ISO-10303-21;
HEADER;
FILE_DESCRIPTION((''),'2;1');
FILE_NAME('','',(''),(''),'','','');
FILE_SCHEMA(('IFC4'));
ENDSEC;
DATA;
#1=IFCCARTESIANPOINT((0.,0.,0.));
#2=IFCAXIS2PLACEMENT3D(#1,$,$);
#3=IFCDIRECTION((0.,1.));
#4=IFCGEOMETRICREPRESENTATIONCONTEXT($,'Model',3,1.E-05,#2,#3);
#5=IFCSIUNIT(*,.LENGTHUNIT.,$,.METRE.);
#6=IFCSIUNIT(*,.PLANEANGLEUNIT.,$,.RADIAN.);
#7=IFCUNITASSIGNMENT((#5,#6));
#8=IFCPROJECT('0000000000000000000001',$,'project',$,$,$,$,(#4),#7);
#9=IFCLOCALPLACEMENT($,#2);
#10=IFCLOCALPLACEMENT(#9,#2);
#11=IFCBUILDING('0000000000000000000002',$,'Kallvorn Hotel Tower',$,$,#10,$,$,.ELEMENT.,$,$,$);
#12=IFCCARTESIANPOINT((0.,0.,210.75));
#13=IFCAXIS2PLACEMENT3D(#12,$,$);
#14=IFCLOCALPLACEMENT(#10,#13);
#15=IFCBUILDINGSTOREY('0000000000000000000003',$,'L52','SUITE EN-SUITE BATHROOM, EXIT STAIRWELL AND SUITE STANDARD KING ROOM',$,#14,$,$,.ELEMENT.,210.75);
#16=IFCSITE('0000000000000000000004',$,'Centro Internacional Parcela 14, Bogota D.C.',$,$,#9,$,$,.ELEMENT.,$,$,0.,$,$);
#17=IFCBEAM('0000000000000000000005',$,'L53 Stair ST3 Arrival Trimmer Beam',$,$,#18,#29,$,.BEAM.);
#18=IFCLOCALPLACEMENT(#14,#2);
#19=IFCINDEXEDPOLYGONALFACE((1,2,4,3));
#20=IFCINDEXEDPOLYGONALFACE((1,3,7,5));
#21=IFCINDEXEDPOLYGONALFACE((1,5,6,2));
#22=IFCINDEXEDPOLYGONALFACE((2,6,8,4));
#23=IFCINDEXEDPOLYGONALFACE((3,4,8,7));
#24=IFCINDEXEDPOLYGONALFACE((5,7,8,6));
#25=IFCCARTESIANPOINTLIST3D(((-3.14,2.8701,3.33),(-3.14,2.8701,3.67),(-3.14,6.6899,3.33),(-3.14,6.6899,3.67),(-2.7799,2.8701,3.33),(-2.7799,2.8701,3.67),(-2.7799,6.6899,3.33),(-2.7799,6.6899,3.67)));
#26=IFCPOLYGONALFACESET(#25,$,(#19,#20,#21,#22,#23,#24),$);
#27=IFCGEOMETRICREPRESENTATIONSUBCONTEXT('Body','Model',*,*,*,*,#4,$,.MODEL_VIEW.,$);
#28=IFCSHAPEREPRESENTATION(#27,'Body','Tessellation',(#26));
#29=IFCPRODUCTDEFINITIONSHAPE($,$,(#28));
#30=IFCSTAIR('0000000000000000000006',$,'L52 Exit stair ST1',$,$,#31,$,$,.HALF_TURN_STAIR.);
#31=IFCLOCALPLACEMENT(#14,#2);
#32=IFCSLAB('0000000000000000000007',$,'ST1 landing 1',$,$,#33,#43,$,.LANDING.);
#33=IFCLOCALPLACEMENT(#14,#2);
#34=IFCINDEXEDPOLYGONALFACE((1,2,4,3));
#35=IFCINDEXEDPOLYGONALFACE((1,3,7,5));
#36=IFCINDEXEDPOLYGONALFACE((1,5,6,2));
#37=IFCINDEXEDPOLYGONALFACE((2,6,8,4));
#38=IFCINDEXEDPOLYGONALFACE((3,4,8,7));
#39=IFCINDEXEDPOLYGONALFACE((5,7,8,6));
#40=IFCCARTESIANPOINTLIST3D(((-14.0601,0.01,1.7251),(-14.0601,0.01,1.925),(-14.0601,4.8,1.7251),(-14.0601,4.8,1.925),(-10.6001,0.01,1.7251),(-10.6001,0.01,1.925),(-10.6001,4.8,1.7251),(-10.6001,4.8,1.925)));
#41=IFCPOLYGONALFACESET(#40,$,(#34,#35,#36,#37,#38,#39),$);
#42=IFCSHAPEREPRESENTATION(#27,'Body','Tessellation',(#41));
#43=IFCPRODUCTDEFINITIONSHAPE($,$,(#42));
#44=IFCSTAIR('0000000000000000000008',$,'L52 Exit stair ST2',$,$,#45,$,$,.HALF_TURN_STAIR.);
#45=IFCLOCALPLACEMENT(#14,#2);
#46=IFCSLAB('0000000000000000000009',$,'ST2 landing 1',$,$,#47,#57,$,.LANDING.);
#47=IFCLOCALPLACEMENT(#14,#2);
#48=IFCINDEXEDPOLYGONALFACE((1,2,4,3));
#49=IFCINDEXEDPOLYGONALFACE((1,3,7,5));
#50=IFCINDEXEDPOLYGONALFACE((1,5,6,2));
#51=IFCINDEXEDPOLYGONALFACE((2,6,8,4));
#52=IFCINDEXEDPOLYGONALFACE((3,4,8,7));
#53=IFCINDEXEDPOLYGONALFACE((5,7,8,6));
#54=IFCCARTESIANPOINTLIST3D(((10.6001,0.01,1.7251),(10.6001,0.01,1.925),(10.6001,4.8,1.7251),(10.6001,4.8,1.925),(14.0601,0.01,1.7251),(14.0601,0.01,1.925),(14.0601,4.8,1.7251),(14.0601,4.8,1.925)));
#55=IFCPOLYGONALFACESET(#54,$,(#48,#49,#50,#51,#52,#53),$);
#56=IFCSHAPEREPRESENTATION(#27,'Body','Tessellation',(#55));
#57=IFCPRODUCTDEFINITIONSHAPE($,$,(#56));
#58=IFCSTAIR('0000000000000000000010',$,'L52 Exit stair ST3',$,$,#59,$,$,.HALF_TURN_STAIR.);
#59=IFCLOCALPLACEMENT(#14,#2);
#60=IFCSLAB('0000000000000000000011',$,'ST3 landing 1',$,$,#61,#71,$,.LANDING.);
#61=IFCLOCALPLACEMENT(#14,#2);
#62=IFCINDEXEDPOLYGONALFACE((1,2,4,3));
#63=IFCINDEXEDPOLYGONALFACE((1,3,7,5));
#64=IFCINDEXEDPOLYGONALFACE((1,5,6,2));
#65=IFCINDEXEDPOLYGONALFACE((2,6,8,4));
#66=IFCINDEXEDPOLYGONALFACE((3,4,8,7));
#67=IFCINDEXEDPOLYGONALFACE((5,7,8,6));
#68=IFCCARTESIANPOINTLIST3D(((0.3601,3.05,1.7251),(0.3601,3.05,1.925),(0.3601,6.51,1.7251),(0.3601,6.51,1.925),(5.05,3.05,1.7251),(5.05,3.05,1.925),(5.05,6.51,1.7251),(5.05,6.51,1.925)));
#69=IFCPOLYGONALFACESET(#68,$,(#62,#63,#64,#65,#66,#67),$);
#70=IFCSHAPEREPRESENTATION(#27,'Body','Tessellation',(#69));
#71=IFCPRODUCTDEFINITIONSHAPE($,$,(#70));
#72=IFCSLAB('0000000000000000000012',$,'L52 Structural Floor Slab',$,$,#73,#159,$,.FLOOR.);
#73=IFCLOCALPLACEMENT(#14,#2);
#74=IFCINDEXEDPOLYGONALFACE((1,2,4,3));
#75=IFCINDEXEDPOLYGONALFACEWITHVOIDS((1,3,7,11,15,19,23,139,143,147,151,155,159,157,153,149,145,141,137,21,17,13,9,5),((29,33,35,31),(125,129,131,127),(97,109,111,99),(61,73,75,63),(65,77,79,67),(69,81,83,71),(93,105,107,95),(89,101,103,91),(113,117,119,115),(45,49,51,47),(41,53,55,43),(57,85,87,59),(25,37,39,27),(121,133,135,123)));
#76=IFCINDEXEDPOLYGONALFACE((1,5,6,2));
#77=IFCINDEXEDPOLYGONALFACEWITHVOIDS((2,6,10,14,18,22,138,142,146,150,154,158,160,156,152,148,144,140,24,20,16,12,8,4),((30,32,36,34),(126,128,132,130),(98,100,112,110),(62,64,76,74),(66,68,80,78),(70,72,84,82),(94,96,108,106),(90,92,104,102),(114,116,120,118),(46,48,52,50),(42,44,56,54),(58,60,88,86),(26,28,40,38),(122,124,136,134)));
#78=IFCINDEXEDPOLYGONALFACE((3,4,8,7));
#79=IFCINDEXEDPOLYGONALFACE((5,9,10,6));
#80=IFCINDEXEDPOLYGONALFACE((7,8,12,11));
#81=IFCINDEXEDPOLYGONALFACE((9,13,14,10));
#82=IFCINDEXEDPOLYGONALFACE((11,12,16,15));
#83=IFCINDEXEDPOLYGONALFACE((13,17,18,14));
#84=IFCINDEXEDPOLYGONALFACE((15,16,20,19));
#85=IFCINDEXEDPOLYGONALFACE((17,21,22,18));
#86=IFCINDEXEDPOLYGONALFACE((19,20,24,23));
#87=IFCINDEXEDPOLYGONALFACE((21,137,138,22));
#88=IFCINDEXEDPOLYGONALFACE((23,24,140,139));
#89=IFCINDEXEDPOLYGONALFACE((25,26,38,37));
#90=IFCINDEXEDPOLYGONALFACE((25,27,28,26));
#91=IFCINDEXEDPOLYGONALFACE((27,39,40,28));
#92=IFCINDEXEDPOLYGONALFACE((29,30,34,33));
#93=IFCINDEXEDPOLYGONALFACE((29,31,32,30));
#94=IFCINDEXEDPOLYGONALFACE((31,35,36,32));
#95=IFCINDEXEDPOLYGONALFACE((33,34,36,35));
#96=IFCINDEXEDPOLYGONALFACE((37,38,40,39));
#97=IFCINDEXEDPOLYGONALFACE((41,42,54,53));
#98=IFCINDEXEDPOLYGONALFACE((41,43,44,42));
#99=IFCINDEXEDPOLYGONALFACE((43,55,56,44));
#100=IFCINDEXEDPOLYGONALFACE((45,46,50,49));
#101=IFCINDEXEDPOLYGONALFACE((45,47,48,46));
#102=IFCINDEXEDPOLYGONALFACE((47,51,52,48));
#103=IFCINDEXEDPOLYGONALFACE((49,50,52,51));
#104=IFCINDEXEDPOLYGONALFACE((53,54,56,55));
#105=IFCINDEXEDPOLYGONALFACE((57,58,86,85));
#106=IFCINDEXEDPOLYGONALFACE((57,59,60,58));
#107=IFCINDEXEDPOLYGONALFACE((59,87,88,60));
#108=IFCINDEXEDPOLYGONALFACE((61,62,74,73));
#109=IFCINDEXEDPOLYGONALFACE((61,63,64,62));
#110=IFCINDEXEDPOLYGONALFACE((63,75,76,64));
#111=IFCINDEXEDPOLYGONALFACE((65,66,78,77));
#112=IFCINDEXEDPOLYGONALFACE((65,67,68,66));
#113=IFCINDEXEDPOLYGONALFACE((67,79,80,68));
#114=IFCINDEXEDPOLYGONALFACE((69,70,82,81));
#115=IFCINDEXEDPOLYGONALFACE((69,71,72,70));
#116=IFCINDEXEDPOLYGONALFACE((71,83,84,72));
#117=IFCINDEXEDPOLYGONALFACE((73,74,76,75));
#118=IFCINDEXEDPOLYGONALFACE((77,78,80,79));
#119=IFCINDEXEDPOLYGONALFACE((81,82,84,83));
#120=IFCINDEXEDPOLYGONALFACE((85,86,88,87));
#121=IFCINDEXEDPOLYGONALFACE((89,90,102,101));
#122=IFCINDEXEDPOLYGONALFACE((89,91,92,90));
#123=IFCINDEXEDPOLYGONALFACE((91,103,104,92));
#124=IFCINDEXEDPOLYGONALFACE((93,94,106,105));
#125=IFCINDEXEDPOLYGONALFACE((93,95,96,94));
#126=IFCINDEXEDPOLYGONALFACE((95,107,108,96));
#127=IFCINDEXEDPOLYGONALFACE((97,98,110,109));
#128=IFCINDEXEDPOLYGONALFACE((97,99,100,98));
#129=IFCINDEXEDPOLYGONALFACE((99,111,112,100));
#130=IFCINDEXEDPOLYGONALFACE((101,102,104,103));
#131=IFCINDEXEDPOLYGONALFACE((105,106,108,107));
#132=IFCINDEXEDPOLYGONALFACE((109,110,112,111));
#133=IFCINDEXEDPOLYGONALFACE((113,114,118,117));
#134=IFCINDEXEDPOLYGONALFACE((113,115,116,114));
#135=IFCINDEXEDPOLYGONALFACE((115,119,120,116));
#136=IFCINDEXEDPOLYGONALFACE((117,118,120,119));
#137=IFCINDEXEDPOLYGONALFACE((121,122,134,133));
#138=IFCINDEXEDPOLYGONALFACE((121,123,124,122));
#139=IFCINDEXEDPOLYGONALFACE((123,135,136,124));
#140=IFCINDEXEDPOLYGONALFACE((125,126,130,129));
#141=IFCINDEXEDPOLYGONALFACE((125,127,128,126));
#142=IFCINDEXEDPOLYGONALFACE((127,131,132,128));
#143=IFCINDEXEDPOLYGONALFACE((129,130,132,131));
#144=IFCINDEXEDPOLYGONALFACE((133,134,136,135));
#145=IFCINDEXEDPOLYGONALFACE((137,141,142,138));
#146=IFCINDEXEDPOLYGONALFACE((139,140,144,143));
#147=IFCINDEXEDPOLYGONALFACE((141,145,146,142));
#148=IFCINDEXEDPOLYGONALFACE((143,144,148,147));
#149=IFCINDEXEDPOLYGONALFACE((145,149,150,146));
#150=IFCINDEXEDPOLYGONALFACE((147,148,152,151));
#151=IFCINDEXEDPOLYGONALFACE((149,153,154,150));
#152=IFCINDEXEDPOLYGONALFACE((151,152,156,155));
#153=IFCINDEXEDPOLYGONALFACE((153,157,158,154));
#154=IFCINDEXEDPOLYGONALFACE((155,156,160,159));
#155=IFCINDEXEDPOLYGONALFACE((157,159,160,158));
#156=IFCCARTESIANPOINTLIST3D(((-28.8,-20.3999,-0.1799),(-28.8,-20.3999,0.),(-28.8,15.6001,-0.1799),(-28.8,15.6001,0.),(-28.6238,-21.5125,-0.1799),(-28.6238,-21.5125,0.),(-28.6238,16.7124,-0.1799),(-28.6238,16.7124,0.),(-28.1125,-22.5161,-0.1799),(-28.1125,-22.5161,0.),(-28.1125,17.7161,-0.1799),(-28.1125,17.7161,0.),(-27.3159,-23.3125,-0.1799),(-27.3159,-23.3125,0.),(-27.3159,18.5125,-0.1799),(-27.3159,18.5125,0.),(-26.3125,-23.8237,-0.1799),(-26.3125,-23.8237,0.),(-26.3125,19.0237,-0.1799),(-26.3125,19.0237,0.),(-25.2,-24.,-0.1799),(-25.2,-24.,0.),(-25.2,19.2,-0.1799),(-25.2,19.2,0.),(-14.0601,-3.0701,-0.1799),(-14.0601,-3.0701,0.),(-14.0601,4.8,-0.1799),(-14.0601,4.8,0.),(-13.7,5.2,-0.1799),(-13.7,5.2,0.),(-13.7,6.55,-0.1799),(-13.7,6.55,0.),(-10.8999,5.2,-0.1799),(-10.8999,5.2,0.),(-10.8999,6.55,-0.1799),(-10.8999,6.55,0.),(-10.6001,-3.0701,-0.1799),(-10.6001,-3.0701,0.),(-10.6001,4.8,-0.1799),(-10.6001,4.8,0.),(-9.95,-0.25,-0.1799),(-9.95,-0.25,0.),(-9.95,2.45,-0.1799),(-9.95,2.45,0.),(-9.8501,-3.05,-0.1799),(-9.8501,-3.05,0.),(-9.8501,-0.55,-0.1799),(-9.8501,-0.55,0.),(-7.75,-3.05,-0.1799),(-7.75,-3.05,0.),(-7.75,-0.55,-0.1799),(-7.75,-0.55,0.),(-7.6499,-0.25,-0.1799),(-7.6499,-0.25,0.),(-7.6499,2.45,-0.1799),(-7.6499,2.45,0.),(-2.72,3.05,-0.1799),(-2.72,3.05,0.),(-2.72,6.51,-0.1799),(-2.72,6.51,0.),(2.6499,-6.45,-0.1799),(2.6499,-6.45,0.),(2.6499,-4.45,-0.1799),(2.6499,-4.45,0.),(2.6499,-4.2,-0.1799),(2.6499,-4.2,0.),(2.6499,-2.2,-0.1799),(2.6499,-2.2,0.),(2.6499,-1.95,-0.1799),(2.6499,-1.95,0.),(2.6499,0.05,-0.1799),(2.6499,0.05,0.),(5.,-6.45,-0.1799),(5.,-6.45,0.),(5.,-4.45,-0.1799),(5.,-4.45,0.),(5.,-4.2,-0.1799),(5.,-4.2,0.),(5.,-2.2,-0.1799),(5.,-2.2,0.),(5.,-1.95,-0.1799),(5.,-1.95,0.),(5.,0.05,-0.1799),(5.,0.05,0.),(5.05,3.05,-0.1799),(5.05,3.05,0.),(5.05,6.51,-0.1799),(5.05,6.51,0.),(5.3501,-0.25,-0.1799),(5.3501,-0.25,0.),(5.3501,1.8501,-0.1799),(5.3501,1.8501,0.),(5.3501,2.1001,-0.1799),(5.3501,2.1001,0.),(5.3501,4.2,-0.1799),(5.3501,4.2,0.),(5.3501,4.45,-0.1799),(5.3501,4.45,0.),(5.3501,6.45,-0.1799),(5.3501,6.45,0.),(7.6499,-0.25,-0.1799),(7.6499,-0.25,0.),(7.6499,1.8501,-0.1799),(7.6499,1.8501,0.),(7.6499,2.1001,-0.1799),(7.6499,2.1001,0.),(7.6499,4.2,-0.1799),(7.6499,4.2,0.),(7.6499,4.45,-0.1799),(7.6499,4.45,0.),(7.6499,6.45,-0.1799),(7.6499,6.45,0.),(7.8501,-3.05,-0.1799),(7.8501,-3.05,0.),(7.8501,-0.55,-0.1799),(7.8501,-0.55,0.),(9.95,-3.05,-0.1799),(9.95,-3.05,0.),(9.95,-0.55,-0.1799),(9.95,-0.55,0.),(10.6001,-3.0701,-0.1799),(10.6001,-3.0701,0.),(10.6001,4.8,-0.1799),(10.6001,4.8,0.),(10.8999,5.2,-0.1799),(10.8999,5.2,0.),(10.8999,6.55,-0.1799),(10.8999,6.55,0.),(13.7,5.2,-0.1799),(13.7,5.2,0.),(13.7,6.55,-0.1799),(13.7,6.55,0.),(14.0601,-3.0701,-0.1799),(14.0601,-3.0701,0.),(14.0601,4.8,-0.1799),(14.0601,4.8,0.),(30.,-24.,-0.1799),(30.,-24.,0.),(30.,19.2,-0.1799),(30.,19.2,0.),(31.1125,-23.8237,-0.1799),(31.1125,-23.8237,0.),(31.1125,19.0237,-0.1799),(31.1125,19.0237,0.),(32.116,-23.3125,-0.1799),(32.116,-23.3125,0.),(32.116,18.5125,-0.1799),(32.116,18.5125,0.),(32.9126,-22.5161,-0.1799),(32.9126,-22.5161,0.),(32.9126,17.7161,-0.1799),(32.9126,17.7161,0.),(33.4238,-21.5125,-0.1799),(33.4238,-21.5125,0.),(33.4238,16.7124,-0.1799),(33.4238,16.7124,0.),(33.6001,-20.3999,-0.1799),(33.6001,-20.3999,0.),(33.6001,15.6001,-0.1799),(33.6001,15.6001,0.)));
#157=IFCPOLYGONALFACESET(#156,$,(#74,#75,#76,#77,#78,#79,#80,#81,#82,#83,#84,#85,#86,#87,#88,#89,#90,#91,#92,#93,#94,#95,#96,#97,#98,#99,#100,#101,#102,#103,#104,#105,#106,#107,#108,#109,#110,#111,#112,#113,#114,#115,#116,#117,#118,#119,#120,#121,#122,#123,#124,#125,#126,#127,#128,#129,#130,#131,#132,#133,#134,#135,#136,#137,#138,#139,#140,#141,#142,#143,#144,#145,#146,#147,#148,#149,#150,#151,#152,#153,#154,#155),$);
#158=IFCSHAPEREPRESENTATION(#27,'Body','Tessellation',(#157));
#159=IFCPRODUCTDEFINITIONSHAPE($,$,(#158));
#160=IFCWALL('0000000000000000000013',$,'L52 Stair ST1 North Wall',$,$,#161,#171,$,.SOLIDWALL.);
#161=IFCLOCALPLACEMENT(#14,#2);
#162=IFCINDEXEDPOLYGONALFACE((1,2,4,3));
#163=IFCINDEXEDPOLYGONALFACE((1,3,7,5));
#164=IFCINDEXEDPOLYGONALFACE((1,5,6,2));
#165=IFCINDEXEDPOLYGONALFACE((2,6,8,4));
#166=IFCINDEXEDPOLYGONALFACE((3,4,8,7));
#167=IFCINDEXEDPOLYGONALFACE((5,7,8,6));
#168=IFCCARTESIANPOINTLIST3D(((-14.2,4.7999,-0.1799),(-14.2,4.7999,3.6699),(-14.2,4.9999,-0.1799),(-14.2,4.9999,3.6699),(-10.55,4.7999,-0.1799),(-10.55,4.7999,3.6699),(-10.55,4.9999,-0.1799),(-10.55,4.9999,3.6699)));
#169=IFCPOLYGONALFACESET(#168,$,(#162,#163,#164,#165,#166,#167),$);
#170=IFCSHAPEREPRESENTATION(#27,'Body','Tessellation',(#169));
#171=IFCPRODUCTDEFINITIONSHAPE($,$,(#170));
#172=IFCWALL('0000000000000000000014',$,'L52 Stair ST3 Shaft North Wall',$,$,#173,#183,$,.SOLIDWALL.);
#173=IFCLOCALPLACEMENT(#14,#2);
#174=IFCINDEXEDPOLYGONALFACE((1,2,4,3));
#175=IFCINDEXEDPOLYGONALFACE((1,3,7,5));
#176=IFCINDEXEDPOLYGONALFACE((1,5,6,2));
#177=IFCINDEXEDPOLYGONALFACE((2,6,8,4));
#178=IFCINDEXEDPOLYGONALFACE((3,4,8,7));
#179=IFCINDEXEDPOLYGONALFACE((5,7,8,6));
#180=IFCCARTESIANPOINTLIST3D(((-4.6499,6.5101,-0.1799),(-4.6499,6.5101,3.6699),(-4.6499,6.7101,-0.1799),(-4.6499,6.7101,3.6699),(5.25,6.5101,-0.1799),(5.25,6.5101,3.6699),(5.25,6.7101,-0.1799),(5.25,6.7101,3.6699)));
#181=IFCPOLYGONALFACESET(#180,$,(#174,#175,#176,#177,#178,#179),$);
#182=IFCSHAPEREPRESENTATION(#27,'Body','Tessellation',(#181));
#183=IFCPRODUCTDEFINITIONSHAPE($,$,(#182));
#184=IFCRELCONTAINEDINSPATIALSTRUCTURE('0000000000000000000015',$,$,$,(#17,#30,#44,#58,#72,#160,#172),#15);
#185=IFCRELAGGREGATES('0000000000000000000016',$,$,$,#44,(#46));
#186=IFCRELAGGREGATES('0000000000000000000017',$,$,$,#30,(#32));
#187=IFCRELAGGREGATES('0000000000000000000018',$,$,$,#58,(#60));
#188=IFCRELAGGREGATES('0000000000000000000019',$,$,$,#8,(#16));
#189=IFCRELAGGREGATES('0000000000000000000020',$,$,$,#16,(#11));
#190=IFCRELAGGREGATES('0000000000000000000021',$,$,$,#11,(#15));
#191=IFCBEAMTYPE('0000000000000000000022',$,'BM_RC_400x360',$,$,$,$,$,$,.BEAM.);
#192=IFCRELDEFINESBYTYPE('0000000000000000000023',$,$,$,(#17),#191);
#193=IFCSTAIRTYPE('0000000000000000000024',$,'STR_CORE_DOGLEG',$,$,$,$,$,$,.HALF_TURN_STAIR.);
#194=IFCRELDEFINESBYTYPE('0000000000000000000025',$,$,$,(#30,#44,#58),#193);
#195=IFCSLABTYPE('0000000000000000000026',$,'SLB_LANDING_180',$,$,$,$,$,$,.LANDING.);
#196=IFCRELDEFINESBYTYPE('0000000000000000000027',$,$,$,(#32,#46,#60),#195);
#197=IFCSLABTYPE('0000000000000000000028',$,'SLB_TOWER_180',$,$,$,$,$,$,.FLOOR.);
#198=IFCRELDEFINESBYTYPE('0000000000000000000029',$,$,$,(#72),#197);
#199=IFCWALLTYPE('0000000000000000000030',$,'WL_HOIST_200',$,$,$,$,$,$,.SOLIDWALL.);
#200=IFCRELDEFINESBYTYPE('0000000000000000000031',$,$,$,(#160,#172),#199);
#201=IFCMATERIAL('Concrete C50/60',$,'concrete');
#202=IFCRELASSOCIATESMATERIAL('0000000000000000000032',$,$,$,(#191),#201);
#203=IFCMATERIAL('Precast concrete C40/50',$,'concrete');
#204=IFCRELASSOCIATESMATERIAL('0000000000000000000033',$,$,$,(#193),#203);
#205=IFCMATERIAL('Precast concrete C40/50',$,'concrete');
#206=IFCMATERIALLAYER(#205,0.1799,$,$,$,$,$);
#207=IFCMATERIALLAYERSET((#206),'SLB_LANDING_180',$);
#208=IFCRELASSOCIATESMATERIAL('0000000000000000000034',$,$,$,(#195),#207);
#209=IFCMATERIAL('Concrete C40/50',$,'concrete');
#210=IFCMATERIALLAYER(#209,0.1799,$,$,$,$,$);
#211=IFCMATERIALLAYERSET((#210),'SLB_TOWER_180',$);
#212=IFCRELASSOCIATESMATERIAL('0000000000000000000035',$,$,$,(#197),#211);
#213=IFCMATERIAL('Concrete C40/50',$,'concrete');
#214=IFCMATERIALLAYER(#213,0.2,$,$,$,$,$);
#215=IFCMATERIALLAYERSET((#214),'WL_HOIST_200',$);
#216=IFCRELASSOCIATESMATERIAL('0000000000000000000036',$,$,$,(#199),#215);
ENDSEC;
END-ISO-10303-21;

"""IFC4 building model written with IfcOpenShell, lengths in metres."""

from ifc_helpers import new_model, si_unit, direction, frame, frame_2d, origin, origin_2d, place, context, subcontext, project, spatial, polyline, rectangle, outline, extrude, material, layer, layer_set, material_profile, profile_set, type_object, element, aggregate, save


model = new_model("IFC4")

# Units and contexts
model_context = context("Model", 3, precision=1e-05, world=origin(), true_north=direction((0.0, 1.0)))
body_context = subcontext(model_context, "Body", "Model", "MODEL_VIEW")
ifc_project = project(units=[si_unit("LENGTHUNIT", "METRE"), si_unit("PLANEANGLEUNIT", "RADIAN")], contexts=[model_context])

# Site, building, storey
site_placement = place(None, origin())
site = spatial("IfcSite", under=ifc_project, at=site_placement, Name="Centro Internacional Parcela 14, Bogota D.C.", CompositionType="ELEMENT", RefElevation=0.0)
building_placement = place(site_placement, origin())
building = spatial("IfcBuilding", under=site, at=building_placement, Name="Kallvorn Hotel Tower", CompositionType="ELEMENT")
storey_placement = place(building_placement, frame((0.0, 0.0, 210.75)))
storey = spatial("IfcBuildingStorey", under=building, at=storey_placement, Name="L52", Description="SUITE EN-SUITE BATHROOM, EXIT STAIRWELL AND SUITE STANDARD KING ROOM", CompositionType="ELEMENT", Elevation=210.75)

# Beam
ifc_material_1 = material(Name="Concrete C50/60", Category="concrete")
ifc_material_profile = material_profile(ifc_material_1, rectangle(XDim=0.3601, YDim=0.3401, at=origin_2d()), Name="RC 360x340")
ifc_profile_set = profile_set([ifc_material_profile], Name="Concrete C50/60")
beam_type = type_object("IfcBeamType", Name="BM_RC_400x360", PredefinedType="BEAM", material=ifc_profile_set)
beam_placement = place(storey_placement, frame((-2.96, 2.8701, 3.5), z_axis=(0.0, 1.0, 0.0), x_axis=(-1.0, 0.0, 0.0)))
element("IfcBeam", 1, at=beam_placement, inside=storey, type_object=beam_type, Name="L53 Stair ST3 Arrival Trimmer Beam", PredefinedType="BEAM", context=body_context, shape_type="SweptSolid", body=[
    extrude(rectangle(XDim=0.3601, YDim=0.3401, at=origin_2d()), origin(), (0.0, 0.0, 1.0), 3.8198),
])

# Stairs, slabs
ifc_material_2 = material(Name="Precast concrete C40/50", Category="concrete")
stair_type = type_object("IfcStairType", Name="STR_CORE_DOGLEG", PredefinedType="HALF_TURN_STAIR", material=ifc_material_2)
stair_1_placement = place(storey_placement, origin())
stair_1 = element("IfcStair", 2, at=stair_1_placement, inside=storey, type_object=stair_type, Name="L52 Exit stair ST1", PredefinedType="HALF_TURN_STAIR")
ifc_material_3 = material(Name="Precast concrete C40/50", Category="concrete")
ifc_layer_1 = layer(ifc_material_3, 0.1799)
ifc_layer_set_1 = layer_set([ifc_layer_1], Name="SLB_LANDING_180")
slab_type_1 = type_object("IfcSlabType", Name="SLB_LANDING_180", PredefinedType="LANDING", material=ifc_layer_set_1)
slab_1_placement = place(storey_placement, frame((0.0, 0.0, 1.7251)))
slab_1 = element("IfcSlab", 3, at=slab_1_placement, type_object=slab_type_1, Name="ST1 landing 1", PredefinedType="LANDING", context=body_context, shape_type="SweptSolid", body=[
    extrude(outline(polyline([(-10.6001, 0.01), (-10.6001, 4.8), (-14.0601, 4.8), (-14.0601, 0.01), (-10.6001, 0.01)])), origin(), (0.0, 0.0, 1.0), 0.2),
])
stair_2_placement = place(storey_placement, origin())
stair_2 = element("IfcStair", 4, at=stair_2_placement, inside=storey, type_object=stair_type, Name="L52 Exit stair ST2", PredefinedType="HALF_TURN_STAIR")
slab_2_placement = place(storey_placement, frame((0.0, 0.0, 1.7251)))
slab_2 = element("IfcSlab", 5, at=slab_2_placement, type_object=slab_type_1, Name="ST2 landing 1", PredefinedType="LANDING", context=body_context, shape_type="SweptSolid", body=[
    extrude(outline(polyline([(14.0601, 0.01), (14.0601, 4.8), (10.6001, 4.8), (10.6001, 0.01), (14.0601, 0.01)])), origin(), (0.0, 0.0, 1.0), 0.2),
])
aggregate(stair_2, [slab_2])
stair_3_placement = place(storey_placement, origin())
stair_3 = element("IfcStair", 6, at=stair_3_placement, inside=storey, type_object=stair_type, Name="L52 Exit stair ST3", PredefinedType="HALF_TURN_STAIR")
slab_3_placement = place(storey_placement, frame((0.0, 0.0, 1.7251)))
slab_3 = element("IfcSlab", 7, at=slab_3_placement, type_object=slab_type_1, Name="ST3 landing 1", PredefinedType="LANDING", context=body_context, shape_type="SweptSolid", body=[
    extrude(outline(polyline([(0.3601, 3.05), (5.05, 3.05), (5.05, 6.51), (0.3601, 6.51), (0.3601, 3.05)])), origin(), (0.0, 0.0, 1.0), 0.2),
])

# Slab
ifc_material_4 = material(Name="Concrete C40/50", Category="concrete")
ifc_layer_2 = layer(ifc_material_4, 0.1799)
ifc_layer_set_2 = layer_set([ifc_layer_2], Name="SLB_TOWER_180")
slab_type_2 = type_object("IfcSlabType", Name="SLB_TOWER_180", PredefinedType="FLOOR", material=ifc_layer_set_2)
slab_4_placement = place(storey_placement, frame((0.0, 0.0, -0.1799)))
element("IfcSlab", 8, at=slab_4_placement, inside=storey, type_object=slab_type_2, Name="L52 Structural Floor Slab", PredefinedType="FLOOR", context=body_context, shape_type="SweptSolid", body=[
    extrude(outline(polyline([(30.0, -24.0), (31.1125, -23.8237), (32.116, -23.3125), (32.9126, -22.5161), (33.4238, -21.5125), (33.6001, -20.3999), (33.6001, 15.6001), (33.4238, 16.7124), (32.9126, 17.7161), (32.116, 18.5125), (31.1125, 19.0237), (30.0, 19.2), (-25.2, 19.2), (-26.3125, 19.0237), (-27.3159, 18.5125), (-28.1125, 17.7161), (-28.6238, 16.7124), (-28.8, 15.6001), (-28.8, -20.3999), (-28.6238, -21.5125), (-28.1125, -22.5161), (-27.3159, -23.3125), (-26.3125, -23.8237), (-25.2, -24.0), (30.0, -24.0)]), holes=[polyline([(-10.6001, -3.0701), (-10.6001, 4.8), (-14.0601, 4.8), (-14.0601, -3.0701), (-10.6001, -3.0701)]), polyline([(14.0601, -3.0701), (14.0601, 4.8), (10.6001, 4.8), (10.6001, -3.0701), (14.0601, -3.0701)]), polyline([(-2.72, 3.05), (5.05, 3.05), (5.05, 6.51), (-2.72, 6.51), (-2.72, 3.05)]), polyline([(2.6499, -6.45), (5.0, -6.45), (5.0, -4.45), (2.6499, -4.45), (2.6499, -6.45)]), polyline([(2.6499, -4.2), (5.0, -4.2), (5.0, -2.2), (2.6499, -2.2), (2.6499, -4.2)]), polyline([(2.6499, -1.95), (5.0, -1.95), (5.0, 0.05), (2.6499, 0.05), (2.6499, -1.95)]), polyline([(5.3501, -0.25), (7.6499, -0.25), (7.6499, 1.8501), (5.3501, 1.8501), (5.3501, -0.25)]), polyline([(5.3501, 2.1001), (7.6499, 2.1001), (7.6499, 4.2), (5.3501, 4.2), (5.3501, 2.1001)]), polyline([(5.3501, 4.45), (7.6499, 4.45), (7.6499, 6.45), (5.3501, 6.45), (5.3501, 4.45)]), polyline([(-9.8501, -3.05), (-7.75, -3.05), (-7.75, -0.55), (-9.8501, -0.55), (-9.8501, -3.05)]), polyline([(7.8501, -3.05), (9.95, -3.05), (9.95, -0.55), (7.8501, -0.55), (7.8501, -3.05)]), polyline([(-9.95, -0.25), (-7.6499, -0.25), (-7.6499, 2.45), (-9.95, 2.45), (-9.95, -0.25)]), polyline([(-13.7, 5.2), (-10.8999, 5.2), (-10.8999, 6.55), (-13.7, 6.55), (-13.7, 5.2)]), polyline([(10.8999, 5.2), (13.7, 5.2), (13.7, 6.55), (10.8999, 6.55), (10.8999, 5.2)])]), origin(), (0.0, 0.0, 1.0), 0.1799),
])

# Walls
ifc_material_5 = material(Name="Concrete C40/50", Category="concrete")
ifc_layer_3 = layer(ifc_material_5, 0.2)
ifc_layer_set_3 = layer_set([ifc_layer_3], Name="WL_HOIST_200")
wall_type_1 = type_object("IfcWallType", Name="WL_HOIST_200", PredefinedType="SOLIDWALL", material=ifc_layer_set_3)
wall_1_placement = place(storey_placement, frame((-14.2, 4.8999, -0.1799), z_axis=(0.0, 0.0, 1.0), x_axis=(1.0, 0.0, 0.0)))
element("IfcWall", 9, at=wall_1_placement, inside=storey, type_object=wall_type_1, Name="L52 Stair ST1 North Wall", PredefinedType="SOLIDWALL", context=body_context, shape_type="SweptSolid", body=[
    extrude(rectangle(XDim=3.6499, YDim=0.2, at=frame_2d((1.825, 0.0))), origin(), (0.0, 0.0, 1.0), 3.8499),
])
wall_2_placement = place(storey_placement, frame((-4.6499, 6.6101, -0.1799), z_axis=(0.0, 0.0, 1.0), x_axis=(1.0, 0.0, 0.0)))
element("IfcWall", 10, at=wall_2_placement, inside=storey, type_object=wall_type_1, Name="L52 Stair ST3 Shaft North Wall", PredefinedType="SOLIDWALL", context=body_context, shape_type="SweptSolid", body=[
    extrude(rectangle(XDim=9.8999, YDim=0.2, at=frame_2d((4.95, 0.0))), origin(), (0.0, 0.0, 1.0), 3.8499),
])

aggregate(stair_1, [slab_1])
aggregate(stair_3, [slab_3])

save(model, "model.ifc")
